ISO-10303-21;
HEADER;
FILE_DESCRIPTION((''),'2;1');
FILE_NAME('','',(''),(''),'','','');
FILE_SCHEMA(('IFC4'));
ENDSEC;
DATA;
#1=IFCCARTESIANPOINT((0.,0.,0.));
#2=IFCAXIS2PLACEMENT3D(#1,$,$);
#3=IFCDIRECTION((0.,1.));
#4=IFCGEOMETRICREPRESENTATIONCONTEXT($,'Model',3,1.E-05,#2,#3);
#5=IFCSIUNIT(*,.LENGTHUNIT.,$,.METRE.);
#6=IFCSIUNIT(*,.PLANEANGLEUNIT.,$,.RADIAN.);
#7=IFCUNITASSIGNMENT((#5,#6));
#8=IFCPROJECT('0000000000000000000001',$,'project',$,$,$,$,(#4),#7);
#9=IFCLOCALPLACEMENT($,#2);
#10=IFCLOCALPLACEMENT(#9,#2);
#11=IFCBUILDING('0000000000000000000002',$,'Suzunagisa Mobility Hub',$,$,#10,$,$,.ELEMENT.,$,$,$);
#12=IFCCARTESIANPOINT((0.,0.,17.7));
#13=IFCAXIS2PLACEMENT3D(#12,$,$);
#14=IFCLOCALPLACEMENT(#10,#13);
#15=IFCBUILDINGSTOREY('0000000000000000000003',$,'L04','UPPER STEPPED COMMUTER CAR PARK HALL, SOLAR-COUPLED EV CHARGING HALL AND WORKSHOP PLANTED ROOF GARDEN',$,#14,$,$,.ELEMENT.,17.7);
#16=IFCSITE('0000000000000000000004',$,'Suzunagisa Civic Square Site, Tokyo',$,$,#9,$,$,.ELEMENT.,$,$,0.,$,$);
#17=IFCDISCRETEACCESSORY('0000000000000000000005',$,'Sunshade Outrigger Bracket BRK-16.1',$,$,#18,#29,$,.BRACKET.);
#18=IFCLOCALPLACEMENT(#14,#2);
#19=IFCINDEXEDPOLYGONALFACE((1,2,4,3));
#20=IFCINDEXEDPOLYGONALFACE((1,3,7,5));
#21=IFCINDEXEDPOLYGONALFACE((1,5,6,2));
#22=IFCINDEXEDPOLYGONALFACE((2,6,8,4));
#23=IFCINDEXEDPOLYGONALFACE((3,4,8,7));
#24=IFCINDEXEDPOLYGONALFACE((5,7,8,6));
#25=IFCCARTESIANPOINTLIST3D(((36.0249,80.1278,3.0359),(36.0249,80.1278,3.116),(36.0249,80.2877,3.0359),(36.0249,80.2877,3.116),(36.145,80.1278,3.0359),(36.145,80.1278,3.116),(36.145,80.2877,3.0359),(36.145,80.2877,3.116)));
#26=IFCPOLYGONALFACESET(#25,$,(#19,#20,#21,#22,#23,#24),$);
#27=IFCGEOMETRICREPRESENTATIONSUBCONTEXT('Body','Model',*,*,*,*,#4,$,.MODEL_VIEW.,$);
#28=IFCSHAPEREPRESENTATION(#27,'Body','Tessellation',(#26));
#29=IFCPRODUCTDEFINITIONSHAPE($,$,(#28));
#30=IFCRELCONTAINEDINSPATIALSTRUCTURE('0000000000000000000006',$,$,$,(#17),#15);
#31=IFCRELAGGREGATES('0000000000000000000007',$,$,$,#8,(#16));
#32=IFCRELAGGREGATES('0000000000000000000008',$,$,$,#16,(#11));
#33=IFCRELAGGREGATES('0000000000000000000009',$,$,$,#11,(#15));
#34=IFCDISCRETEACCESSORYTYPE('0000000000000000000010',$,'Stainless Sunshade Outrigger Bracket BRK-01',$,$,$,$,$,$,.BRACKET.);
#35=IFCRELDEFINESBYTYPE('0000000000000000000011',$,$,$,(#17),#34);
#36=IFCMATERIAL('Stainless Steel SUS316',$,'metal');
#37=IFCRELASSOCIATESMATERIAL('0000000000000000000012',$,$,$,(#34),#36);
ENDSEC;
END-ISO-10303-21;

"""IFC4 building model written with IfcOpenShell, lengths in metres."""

from ifc_helpers import new_model, si_unit, direction, frame, origin, origin_2d, place, context, subcontext, project, spatial, rectangle, extrude, material, type_object, element, save


model = new_model("IFC4")

# Units and contexts
model_context = context("Model", 3, precision=1e-05, world=origin(), true_north=direction((0.0, 1.0)))
body_context = subcontext(model_context, "Body", "Model", "MODEL_VIEW")
ifc_project = project(units=[si_unit("LENGTHUNIT", "METRE"), si_unit("PLANEANGLEUNIT", "RADIAN")], contexts=[model_context])

# Site, building, storey
site_placement = place(None, origin())
site = spatial("IfcSite", under=ifc_project, at=site_placement, Name="Suzunagisa Civic Square Site, Tokyo", CompositionType="ELEMENT", RefElevation=0.0)
building_placement = place(site_placement, origin())
building = spatial("IfcBuilding", under=site, at=building_placement, Name="Suzunagisa Mobility Hub", CompositionType="ELEMENT")
storey_placement = place(building_placement, frame((0.0, 0.0, 17.7)))
storey = spatial("IfcBuildingStorey", under=building, at=storey_placement, Name="L04", Description="UPPER STEPPED COMMUTER CAR PARK HALL, SOLAR-COUPLED EV CHARGING HALL AND WORKSHOP PLANTED ROOF GARDEN", CompositionType="ELEMENT", Elevation=17.7)

# Discrete accessory
ifc_material_1 = material(Name="Stainless Steel SUS316", Category="metal")
discrete_accessory_type = type_object("IfcDiscreteAccessoryType", Name="Stainless Sunshade Outrigger Bracket BRK-01", PredefinedType="BRACKET", material=ifc_material_1)
discrete_accessory_placement = place(storey_placement, frame((36.085, 80.2078, 3.0359), z_axis=(0.0, 0.0, 1.0), x_axis=(0.0, 1.0, 0.0)))
element("IfcDiscreteAccessory", 1, at=discrete_accessory_placement, inside=storey, type_object=discrete_accessory_type, Name="Sunshade Outrigger Bracket BRK-16.1", PredefinedType="BRACKET", context=body_context, shape_type="SweptSolid", body=[
    extrude(rectangle(XDim=0.1599, YDim=0.1201, at=origin_2d()), origin(), (0.0, 0.0, 1.0), 0.0801),
])

save(model, "model.ifc")
